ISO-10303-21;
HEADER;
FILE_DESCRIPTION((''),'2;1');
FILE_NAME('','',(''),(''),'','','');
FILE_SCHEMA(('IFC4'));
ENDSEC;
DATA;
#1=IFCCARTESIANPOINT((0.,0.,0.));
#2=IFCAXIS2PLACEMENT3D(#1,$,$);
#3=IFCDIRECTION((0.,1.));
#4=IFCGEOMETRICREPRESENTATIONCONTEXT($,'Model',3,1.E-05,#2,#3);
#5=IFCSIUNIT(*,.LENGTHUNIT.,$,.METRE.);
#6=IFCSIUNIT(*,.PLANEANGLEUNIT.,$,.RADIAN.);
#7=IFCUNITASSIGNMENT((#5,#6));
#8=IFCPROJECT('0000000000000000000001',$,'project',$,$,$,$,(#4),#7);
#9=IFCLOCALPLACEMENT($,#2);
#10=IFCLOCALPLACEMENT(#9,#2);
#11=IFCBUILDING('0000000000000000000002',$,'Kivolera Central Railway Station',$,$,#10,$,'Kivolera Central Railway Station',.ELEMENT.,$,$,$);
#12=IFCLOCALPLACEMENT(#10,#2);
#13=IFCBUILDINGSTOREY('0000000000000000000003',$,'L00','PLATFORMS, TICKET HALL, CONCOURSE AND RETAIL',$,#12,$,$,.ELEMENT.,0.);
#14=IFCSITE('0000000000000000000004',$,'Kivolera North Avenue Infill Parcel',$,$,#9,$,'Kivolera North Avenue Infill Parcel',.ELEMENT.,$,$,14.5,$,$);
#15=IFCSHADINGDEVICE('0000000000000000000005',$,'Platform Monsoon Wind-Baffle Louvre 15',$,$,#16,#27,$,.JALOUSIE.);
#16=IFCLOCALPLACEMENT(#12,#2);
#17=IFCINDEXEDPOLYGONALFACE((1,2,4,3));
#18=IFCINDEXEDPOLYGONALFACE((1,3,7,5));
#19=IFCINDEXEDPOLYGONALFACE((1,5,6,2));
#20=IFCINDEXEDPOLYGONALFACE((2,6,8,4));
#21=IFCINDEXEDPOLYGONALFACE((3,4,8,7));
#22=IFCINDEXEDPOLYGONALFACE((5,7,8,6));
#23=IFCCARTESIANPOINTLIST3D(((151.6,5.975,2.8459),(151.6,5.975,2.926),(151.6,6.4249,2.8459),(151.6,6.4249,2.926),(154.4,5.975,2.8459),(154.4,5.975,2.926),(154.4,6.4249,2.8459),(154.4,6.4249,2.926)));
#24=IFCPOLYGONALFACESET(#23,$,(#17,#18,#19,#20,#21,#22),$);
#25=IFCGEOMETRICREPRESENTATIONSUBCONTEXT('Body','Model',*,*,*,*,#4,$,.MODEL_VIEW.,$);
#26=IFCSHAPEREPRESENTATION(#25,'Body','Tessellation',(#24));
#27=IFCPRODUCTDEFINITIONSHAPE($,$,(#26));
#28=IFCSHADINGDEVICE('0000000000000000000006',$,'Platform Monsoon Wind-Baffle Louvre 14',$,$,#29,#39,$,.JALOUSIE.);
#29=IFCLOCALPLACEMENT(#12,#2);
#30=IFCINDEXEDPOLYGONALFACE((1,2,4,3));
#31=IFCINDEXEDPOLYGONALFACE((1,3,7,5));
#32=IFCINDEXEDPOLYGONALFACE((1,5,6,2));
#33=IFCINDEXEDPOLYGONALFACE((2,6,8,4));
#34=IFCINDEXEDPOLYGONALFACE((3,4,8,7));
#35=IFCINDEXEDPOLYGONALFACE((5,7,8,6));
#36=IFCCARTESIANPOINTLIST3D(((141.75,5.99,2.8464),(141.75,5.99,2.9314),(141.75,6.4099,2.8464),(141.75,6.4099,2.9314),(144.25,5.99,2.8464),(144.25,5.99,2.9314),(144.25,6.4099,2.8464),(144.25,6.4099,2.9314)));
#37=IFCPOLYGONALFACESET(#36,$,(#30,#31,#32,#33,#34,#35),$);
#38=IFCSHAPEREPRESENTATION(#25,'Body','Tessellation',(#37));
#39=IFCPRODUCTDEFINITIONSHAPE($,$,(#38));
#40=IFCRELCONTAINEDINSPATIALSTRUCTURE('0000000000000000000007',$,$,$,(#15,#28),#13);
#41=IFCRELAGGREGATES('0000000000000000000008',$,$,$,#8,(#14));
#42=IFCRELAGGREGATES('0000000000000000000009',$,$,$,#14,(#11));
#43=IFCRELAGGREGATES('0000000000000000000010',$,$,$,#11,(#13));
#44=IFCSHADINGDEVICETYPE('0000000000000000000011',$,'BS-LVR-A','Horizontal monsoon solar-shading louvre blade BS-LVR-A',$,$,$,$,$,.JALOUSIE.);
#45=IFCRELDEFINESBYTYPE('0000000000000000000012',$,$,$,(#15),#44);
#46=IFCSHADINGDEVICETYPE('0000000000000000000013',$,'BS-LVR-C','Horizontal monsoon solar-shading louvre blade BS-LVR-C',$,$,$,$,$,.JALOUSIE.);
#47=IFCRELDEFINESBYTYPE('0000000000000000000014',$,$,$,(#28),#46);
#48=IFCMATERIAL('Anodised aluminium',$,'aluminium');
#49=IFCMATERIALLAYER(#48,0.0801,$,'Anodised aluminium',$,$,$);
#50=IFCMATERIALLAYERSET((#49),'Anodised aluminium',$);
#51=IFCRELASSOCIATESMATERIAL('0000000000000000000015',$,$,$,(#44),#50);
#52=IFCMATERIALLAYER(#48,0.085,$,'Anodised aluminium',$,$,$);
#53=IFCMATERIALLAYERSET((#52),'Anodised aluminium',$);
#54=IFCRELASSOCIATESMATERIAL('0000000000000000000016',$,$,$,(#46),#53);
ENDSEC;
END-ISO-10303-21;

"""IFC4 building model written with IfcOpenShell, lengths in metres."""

from ifc_helpers import new_model, si_unit, direction, frame, origin, origin_2d, place, context, subcontext, project, spatial, rectangle, extrude, material, layer, layer_set, type_object, element, save


model = new_model("IFC4")

# Units and contexts
model_context = context("Model", 3, precision=1e-05, world=origin(), true_north=direction((0.0, 1.0)))
body_context = subcontext(model_context, "Body", "Model", "MODEL_VIEW")
ifc_project = project(units=[si_unit("LENGTHUNIT", "METRE"), si_unit("PLANEANGLEUNIT", "RADIAN")], contexts=[model_context])

# Site, building, storey
site_placement = place(None, origin())
site = spatial("IfcSite", under=ifc_project, at=site_placement, Name="Kivolera North Avenue Infill Parcel", LongName="Kivolera North Avenue Infill Parcel", CompositionType="ELEMENT", RefElevation=14.5)
building_placement = place(site_placement, origin())
building = spatial("IfcBuilding", under=site, at=building_placement, Name="Kivolera Central Railway Station", LongName="Kivolera Central Railway Station", CompositionType="ELEMENT")
storey_placement = place(building_placement, origin())
storey = spatial("IfcBuildingStorey", under=building, at=storey_placement, Name="L00", Description="PLATFORMS, TICKET HALL, CONCOURSE AND RETAIL", CompositionType="ELEMENT", Elevation=0.0)

# Shared definitions
ifc_material_1 = material(Name="Anodised aluminium", Category="aluminium")

# Shading devices
ifc_layer_1 = layer(ifc_material_1, 0.0801, Name="Anodised aluminium")
ifc_layer_set_1 = layer_set([ifc_layer_1], Name="Anodised aluminium")
shading_device_type_1 = type_object("IfcShadingDeviceType", Name="BS-LVR-A", Description="Horizontal monsoon solar-shading louvre blade BS-LVR-A", PredefinedType="JALOUSIE", material=ifc_layer_set_1)
shading_device_1_placement = place(storey_placement, frame((153.0, 6.2, 2.8459), z_axis=(0.0, 0.0, 1.0), x_axis=(1.0, 0.0, 0.0)))
element("IfcShadingDevice", 1, at=shading_device_1_placement, inside=storey, type_object=shading_device_type_1, Name="Platform Monsoon Wind-Baffle Louvre 15", PredefinedType="JALOUSIE", context=body_context, shape_type="SweptSolid", body=[
    extrude(rectangle(XDim=2.8, YDim=0.45, at=origin_2d()), origin(), (0.0, 0.0, 1.0), 0.0801),
])
ifc_layer_2 = layer(ifc_material_1, 0.085, Name="Anodised aluminium")
ifc_layer_set_2 = layer_set([ifc_layer_2], Name="Anodised aluminium")
shading_device_type_2 = type_object("IfcShadingDeviceType", Name="BS-LVR-C", Description="Horizontal monsoon solar-shading louvre blade BS-LVR-C", PredefinedType="JALOUSIE", material=ifc_layer_set_2)
shading_device_2_placement = place(storey_placement, frame((143.0, 6.2, 2.8464), z_axis=(0.0, 0.0, 1.0), x_axis=(1.0, 0.0, 0.0)))
element("IfcShadingDevice", 2, at=shading_device_2_placement, inside=storey, type_object=shading_device_type_2, Name="Platform Monsoon Wind-Baffle Louvre 14", PredefinedType="JALOUSIE", context=body_context, shape_type="SweptSolid", body=[
    extrude(rectangle(XDim=2.5, YDim=0.4199, at=origin_2d()), origin(), (0.0, 0.0, 1.0), 0.085),
])

save(model, "model.ifc")
